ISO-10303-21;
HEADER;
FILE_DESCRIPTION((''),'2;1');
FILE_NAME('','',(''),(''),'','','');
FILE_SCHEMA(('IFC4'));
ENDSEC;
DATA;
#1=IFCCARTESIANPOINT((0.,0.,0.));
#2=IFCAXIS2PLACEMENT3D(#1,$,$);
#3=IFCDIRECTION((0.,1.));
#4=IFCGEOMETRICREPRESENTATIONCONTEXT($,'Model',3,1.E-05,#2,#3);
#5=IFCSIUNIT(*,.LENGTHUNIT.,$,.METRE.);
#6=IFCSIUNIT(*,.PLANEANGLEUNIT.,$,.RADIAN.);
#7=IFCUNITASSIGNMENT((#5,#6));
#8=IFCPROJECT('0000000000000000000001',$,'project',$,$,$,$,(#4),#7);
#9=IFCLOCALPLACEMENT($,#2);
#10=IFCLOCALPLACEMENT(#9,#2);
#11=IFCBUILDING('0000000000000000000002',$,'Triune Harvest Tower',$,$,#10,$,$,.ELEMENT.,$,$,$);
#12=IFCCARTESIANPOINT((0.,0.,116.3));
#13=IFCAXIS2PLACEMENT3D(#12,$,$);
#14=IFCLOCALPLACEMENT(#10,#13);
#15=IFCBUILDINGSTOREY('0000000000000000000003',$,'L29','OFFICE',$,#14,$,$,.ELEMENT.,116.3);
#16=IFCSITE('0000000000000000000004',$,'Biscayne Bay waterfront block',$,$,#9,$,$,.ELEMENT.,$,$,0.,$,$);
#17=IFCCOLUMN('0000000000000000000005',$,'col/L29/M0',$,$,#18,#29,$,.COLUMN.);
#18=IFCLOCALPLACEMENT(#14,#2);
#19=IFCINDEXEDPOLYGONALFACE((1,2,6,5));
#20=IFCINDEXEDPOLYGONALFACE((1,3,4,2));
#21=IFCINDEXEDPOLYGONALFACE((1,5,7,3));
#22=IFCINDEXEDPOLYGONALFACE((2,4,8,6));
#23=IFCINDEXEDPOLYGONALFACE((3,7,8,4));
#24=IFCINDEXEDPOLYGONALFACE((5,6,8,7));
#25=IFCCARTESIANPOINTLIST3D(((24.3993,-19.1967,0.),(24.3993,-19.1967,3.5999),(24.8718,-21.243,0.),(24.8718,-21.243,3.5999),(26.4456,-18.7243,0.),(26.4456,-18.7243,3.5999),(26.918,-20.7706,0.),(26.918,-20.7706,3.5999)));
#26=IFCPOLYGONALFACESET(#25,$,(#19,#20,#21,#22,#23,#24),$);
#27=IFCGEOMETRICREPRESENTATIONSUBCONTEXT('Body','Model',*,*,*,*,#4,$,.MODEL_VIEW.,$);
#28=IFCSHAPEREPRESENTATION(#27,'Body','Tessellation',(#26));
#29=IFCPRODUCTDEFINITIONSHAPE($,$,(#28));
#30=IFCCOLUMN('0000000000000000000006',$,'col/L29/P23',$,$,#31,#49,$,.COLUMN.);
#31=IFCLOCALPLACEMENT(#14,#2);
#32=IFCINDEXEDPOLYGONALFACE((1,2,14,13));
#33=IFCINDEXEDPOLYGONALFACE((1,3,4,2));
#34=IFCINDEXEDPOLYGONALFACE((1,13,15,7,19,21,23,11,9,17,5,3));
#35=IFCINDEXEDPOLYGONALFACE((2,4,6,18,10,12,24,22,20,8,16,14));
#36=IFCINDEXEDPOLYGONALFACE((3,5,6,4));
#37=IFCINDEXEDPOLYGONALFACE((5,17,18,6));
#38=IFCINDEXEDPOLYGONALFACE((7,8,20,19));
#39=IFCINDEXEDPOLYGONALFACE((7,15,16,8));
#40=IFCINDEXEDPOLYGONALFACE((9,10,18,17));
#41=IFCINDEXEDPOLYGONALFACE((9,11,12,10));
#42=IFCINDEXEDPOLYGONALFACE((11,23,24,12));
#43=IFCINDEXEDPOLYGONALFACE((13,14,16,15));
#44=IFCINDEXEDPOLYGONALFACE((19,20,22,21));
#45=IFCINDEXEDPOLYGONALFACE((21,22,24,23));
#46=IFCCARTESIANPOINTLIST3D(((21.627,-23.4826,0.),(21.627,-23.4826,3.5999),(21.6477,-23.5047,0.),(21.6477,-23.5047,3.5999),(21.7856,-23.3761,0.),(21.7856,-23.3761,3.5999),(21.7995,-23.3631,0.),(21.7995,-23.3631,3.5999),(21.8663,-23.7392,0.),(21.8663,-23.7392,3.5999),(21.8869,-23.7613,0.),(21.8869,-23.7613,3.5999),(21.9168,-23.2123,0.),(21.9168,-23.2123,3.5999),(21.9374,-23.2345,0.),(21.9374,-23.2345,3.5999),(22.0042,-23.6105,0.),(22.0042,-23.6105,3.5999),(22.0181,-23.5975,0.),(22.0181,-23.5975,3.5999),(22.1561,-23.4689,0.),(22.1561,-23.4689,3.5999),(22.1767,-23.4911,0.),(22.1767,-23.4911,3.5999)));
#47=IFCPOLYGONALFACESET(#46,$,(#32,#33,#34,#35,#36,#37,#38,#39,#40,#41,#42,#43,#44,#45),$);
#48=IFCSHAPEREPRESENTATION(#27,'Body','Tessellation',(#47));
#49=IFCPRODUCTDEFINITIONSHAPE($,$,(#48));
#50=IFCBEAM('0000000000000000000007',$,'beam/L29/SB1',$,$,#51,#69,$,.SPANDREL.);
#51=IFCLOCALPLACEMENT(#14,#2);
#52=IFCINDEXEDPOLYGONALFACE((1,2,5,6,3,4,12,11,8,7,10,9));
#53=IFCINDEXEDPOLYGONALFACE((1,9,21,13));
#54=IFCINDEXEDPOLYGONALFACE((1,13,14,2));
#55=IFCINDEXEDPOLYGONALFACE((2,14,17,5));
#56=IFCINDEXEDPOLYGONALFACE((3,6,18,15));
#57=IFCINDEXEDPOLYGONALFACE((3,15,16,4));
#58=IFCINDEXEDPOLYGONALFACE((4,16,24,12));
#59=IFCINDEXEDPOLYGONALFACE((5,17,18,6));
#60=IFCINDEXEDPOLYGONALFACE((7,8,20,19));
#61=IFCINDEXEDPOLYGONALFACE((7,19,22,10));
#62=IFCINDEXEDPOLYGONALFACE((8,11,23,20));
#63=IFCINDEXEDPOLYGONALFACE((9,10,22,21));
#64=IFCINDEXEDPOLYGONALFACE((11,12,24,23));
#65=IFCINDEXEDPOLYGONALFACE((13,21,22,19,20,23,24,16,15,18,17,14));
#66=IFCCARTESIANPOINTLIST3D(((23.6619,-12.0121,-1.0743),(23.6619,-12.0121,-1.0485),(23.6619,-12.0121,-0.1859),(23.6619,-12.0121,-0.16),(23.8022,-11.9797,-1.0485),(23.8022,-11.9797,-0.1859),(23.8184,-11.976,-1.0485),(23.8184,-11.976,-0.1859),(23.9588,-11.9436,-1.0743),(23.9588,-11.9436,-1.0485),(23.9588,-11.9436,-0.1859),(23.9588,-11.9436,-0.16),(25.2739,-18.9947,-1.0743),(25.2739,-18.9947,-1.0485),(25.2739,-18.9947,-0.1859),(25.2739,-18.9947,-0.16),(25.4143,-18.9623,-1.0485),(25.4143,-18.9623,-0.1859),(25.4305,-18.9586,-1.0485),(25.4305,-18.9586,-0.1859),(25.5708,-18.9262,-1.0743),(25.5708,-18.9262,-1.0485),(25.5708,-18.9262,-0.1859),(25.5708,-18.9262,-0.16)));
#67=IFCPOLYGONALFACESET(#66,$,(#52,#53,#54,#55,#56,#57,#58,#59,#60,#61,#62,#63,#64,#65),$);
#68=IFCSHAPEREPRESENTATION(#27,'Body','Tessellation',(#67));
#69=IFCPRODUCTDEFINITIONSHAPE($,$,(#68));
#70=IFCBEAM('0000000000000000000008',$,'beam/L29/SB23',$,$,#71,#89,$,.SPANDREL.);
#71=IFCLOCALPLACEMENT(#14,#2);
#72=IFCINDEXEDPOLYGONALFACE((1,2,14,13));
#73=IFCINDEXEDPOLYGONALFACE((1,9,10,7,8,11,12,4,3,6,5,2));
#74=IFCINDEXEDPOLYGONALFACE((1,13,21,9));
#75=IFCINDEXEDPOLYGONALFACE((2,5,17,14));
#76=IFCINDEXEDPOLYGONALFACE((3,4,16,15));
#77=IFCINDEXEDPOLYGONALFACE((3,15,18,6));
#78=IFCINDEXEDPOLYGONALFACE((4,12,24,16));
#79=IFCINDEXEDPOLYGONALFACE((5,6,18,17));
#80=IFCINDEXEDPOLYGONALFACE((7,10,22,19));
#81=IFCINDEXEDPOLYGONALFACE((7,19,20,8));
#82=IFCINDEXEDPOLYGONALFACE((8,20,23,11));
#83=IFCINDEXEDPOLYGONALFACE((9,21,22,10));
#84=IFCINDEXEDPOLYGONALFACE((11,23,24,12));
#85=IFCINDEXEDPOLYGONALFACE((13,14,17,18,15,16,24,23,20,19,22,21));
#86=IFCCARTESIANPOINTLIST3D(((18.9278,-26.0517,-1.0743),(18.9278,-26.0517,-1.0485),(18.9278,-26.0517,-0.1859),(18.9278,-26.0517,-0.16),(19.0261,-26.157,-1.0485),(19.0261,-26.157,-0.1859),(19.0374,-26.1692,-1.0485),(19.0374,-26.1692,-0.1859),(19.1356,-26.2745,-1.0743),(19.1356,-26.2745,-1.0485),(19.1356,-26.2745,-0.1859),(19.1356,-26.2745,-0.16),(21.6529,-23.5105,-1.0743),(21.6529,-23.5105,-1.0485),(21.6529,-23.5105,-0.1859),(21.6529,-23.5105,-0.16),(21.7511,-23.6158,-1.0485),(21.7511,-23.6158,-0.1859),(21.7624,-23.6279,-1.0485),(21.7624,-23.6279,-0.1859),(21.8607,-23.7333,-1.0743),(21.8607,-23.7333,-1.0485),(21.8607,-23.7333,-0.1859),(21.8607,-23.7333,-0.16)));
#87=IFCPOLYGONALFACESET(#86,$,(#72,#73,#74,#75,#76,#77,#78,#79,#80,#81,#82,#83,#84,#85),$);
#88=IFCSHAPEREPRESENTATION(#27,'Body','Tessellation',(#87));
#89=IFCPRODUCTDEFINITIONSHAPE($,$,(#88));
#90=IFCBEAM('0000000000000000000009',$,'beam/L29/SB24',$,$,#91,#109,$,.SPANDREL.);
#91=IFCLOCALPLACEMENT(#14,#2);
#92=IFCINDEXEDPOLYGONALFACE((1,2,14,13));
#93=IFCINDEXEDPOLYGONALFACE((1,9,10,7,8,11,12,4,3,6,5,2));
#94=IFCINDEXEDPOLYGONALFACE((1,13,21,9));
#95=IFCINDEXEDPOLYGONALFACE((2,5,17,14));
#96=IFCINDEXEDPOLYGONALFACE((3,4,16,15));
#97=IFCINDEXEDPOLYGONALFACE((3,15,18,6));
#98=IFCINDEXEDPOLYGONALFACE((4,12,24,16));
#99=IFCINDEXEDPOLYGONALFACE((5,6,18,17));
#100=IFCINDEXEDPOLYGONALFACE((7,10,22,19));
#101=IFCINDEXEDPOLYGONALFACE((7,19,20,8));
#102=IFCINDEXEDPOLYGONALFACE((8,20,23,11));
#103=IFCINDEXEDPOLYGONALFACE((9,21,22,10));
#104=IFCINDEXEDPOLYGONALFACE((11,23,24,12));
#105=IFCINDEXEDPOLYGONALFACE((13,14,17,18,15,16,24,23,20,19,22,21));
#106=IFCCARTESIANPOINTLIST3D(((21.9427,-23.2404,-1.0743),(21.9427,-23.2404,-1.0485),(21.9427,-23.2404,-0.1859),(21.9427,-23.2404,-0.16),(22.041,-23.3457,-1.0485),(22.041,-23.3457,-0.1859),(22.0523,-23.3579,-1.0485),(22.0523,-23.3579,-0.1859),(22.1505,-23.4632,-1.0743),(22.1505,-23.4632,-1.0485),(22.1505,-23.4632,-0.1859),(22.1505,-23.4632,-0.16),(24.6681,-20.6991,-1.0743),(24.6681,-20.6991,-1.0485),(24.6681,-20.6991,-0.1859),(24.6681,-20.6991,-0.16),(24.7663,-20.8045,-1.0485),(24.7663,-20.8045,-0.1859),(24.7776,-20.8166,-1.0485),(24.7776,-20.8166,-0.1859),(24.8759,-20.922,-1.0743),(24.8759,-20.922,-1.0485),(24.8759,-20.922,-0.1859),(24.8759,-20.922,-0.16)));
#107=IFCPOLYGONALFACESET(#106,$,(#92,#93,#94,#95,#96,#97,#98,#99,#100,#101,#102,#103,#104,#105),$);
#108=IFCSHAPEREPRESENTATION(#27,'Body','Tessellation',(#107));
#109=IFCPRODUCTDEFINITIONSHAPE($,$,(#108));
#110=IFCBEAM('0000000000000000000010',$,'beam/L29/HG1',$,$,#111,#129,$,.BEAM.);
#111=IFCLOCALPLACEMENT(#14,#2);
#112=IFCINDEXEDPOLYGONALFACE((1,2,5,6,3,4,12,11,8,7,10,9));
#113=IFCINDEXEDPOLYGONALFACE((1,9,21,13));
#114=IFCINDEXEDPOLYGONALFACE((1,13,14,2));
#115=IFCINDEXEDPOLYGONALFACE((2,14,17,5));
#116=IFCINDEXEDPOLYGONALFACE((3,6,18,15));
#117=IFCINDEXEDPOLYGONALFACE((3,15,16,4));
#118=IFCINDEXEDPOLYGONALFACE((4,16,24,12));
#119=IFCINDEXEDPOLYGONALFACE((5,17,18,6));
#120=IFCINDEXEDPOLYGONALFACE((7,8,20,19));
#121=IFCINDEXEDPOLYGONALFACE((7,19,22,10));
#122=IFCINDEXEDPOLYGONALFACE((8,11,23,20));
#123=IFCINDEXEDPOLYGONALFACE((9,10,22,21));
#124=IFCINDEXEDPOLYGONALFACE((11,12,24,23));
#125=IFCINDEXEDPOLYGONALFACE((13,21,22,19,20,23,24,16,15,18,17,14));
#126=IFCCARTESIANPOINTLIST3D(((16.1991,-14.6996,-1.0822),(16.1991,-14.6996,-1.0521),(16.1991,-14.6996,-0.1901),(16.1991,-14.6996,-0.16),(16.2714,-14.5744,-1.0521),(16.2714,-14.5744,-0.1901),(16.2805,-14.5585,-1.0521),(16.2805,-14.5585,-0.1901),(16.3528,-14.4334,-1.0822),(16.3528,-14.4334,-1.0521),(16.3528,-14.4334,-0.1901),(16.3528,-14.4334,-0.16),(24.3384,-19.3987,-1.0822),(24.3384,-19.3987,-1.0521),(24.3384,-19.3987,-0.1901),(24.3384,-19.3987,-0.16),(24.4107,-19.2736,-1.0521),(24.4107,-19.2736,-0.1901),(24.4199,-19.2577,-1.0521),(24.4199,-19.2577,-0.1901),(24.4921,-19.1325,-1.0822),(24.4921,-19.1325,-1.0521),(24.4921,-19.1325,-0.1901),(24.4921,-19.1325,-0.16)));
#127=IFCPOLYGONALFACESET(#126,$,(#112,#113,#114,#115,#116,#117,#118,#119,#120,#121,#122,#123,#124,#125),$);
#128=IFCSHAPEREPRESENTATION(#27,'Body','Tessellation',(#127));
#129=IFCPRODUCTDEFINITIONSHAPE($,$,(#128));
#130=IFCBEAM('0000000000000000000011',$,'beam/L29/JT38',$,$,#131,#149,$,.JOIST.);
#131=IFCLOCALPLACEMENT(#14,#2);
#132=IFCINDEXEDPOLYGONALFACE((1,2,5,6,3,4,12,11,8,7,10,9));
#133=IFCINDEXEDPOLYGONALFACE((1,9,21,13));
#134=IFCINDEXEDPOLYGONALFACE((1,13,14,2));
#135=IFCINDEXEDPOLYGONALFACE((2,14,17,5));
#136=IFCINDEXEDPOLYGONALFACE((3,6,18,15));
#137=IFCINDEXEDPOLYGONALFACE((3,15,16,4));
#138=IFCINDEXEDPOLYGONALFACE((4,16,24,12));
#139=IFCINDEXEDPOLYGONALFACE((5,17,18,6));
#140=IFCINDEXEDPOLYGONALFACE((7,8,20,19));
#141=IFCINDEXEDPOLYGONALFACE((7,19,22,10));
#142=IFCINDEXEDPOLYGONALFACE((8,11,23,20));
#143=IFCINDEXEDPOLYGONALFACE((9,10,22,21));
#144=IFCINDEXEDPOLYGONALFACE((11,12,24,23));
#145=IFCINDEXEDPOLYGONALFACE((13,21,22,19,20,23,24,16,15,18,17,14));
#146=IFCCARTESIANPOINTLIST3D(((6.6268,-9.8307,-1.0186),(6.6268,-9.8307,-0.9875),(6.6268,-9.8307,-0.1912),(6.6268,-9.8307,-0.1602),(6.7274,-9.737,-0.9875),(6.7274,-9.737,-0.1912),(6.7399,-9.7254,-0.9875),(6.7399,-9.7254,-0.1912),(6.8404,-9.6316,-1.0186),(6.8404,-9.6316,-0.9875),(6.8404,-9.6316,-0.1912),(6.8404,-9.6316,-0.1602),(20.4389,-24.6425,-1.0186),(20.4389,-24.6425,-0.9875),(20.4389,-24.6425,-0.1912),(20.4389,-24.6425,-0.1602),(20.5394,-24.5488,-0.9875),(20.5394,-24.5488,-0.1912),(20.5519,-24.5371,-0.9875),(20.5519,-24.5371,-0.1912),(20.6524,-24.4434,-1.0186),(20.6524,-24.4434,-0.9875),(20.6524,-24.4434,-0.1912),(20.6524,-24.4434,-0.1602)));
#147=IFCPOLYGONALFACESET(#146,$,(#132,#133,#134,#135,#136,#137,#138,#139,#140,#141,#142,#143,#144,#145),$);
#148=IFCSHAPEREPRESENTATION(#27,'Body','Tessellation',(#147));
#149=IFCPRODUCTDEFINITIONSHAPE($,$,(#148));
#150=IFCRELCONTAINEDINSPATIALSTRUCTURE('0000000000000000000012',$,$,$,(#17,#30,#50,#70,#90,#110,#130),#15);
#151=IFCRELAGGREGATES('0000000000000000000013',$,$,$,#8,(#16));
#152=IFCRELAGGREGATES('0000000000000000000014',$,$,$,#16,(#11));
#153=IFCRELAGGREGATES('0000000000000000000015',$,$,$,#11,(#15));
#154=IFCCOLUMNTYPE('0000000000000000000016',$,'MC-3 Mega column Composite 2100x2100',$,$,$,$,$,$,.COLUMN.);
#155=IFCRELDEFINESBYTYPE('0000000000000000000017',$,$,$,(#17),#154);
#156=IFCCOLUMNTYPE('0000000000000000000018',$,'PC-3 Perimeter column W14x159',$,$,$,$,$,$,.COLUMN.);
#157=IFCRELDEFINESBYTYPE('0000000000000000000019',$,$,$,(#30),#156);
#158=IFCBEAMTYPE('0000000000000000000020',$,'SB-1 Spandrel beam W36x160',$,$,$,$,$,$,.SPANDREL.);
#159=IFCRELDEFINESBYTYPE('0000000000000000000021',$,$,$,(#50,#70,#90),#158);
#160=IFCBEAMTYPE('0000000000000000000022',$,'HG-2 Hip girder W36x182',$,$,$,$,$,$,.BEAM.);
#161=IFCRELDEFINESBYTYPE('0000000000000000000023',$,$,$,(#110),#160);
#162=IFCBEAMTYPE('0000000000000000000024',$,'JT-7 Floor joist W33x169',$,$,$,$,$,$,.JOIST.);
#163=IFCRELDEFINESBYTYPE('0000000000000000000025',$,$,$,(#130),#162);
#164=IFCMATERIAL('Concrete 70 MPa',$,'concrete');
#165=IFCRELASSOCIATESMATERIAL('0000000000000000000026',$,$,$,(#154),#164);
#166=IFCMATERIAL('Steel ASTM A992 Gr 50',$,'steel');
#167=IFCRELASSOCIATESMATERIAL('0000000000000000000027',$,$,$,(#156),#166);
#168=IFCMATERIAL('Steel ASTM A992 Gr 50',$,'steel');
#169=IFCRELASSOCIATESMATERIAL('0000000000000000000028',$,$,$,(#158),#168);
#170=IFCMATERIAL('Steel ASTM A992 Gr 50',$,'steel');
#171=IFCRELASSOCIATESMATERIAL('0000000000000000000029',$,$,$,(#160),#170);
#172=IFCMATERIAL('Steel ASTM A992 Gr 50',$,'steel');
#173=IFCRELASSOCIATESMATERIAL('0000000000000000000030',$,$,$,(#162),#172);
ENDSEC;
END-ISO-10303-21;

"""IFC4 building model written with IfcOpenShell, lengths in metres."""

from ifc_helpers import new_model, si_unit, direction, frame, origin, origin_2d, place, context, subcontext, project, spatial, rectangle, i_section, extrude, source, transform, mapped, material, material_profile, profile_set, type_object, element, save


model = new_model("IFC4")

# Units and contexts
model_context = context("Model", 3, precision=1e-05, world=origin(), true_north=direction((0.0, 1.0)))
body_context = subcontext(model_context, "Body", "Model", "MODEL_VIEW")
ifc_project = project(units=[si_unit("LENGTHUNIT", "METRE"), si_unit("PLANEANGLEUNIT", "RADIAN")], contexts=[model_context])

# Site, building, storey
site_placement = place(None, origin())
site = spatial("IfcSite", under=ifc_project, at=site_placement, Name="Biscayne Bay waterfront block", CompositionType="ELEMENT", RefElevation=0.0)
building_placement = place(site_placement, origin())
building = spatial("IfcBuilding", under=site, at=building_placement, Name="Triune Harvest Tower", CompositionType="ELEMENT")
storey_placement = place(building_placement, frame((0.0, 0.0, 116.3)))
storey = spatial("IfcBuildingStorey", under=building, at=storey_placement, Name="L29", Description="OFFICE", CompositionType="ELEMENT", Elevation=116.3)

# Columns
ifc_material_1 = material(Name="Concrete 70 MPa", Category="concrete")
ifc_material_profile_1 = material_profile(ifc_material_1, rectangle(XDim=2.1001, YDim=2.1001, at=origin_2d()), Name="Composite 2100x2100")
ifc_profile_set_1 = profile_set([ifc_material_profile_1], Name="Concrete 70 MPa")
column_type_1 = type_object("IfcColumnType", Name="MC-3 Mega column Composite 2100x2100", PredefinedType="COLUMN", material=ifc_profile_set_1)
shared_shape_1 = source(origin(), body_context, "Body", "SweptSolid", [
    extrude(rectangle(XDim=2.1001, YDim=2.1001, at=origin_2d()), origin(), (0.0, 0.0, 1.0), 3.5999),
])
column_1_placement = place(storey_placement, frame((25.6587, -19.9836, 0.0), z_axis=(0.0, 0.0, 1.0), x_axis=(-0.224953, 0.97437, 0.0)))
element("IfcColumn", 1, at=column_1_placement, inside=storey, type_object=column_type_1, Name="col/L29/M0", PredefinedType="COLUMN", context=body_context, shape_type="MappedRepresentation", body=[
    mapped(shared_shape_1, transform((0.0, 0.0, 0.0), scale=1.0)),
])
ifc_material_2 = material(Name="Steel ASTM A992 Gr 50", Category="steel")
ifc_material_profile_2 = material_profile(ifc_material_2, i_section(OverallWidth=0.3962, OverallDepth=0.3811, WebThickness=0.019, FlangeThickness=0.0303, at=origin_2d()), Name="W14x159")
ifc_profile_set_2 = profile_set([ifc_material_profile_2], Name="Steel ASTM A992 Gr 50")
column_type_2 = type_object("IfcColumnType", Name="PC-3 Perimeter column W14x159", PredefinedType="COLUMN", material=ifc_profile_set_2)
shared_shape_2 = source(origin(), body_context, "Body", "SweptSolid", [
    extrude(i_section(OverallWidth=0.3962, OverallDepth=0.3811, WebThickness=0.019, FlangeThickness=0.0303, at=origin_2d()), origin(), (0.0, 0.0, 1.0), 3.5999),
])
column_2_placement = place(storey_placement, frame((21.9019, -23.4868, 0.0), z_axis=(0.0, 0.0, 1.0), x_axis=(0.731354, 0.681998, 0.0)))
element("IfcColumn", 2, at=column_2_placement, inside=storey, type_object=column_type_2, Name="col/L29/P23", PredefinedType="COLUMN", context=body_context, shape_type="MappedRepresentation", body=[
    mapped(shared_shape_2, transform((0.0, 0.0, 0.0), scale=1.0)),
])

# Beams
ifc_material_3 = material(Name="Steel ASTM A992 Gr 50", Category="steel")
ifc_material_profile_3 = material_profile(ifc_material_3, i_section(OverallWidth=0.3047, OverallDepth=0.9143, WebThickness=0.0166, FlangeThickness=0.0259, at=origin_2d()), Name="W36x160")
ifc_profile_set_3 = profile_set([ifc_material_profile_3], Name="Steel ASTM A992 Gr 50")
beam_type_1 = type_object("IfcBeamType", Name="SB-1 Spandrel beam W36x160", PredefinedType="SPANDREL", material=ifc_profile_set_3)
shared_shape_3 = source(origin(), body_context, "Body", "SweptSolid", [
    extrude(i_section(OverallWidth=0.3047, OverallDepth=0.9143, WebThickness=0.0166, FlangeThickness=0.0259, at=origin_2d()), origin(), (0.0, 0.0, 1.0), 7.1663),
])
beam_1_placement = place(storey_placement, frame((25.4224, -18.9604, -0.6172), z_axis=(-0.224949, 0.974371, 0.0), x_axis=(-0.974371, -0.224949, 0.0)))
element("IfcBeam", 3, at=beam_1_placement, inside=storey, type_object=beam_type_1, Name="beam/L29/SB1", PredefinedType="SPANDREL", context=body_context, shape_type="MappedRepresentation", body=[
    mapped(shared_shape_3, transform((0.0, 0.0, 0.0), scale=1.0)),
])
shared_shape_4 = source(origin(), body_context, "Body", "SweptSolid", [
    extrude(i_section(OverallWidth=0.3047, OverallDepth=0.9143, WebThickness=0.0166, FlangeThickness=0.0259, at=origin_2d()), origin(), (0.0, 0.0, 1.0), 3.7261),
])
beam_2_placement = place(storey_placement, frame((19.0317, -26.1631, -0.6172), z_axis=(0.731345, 0.682008, 0.0), x_axis=(-0.682008, 0.731345, 0.0)))
element("IfcBeam", 4, at=beam_2_placement, inside=storey, type_object=beam_type_1, Name="beam/L29/SB23", PredefinedType="SPANDREL", context=body_context, shape_type="MappedRepresentation", body=[
    mapped(shared_shape_4, transform((0.0, 0.0, 0.0), scale=1.0)),
])
shared_shape_5 = source(origin(), body_context, "Body", "SweptSolid", [
    extrude(i_section(OverallWidth=0.3047, OverallDepth=0.9143, WebThickness=0.0166, FlangeThickness=0.0259, at=origin_2d()), origin(), (0.0, 0.0, 1.0), 3.7263),
])
beam_3_placement = place(storey_placement, frame((22.0466, -23.3518, -0.6172), z_axis=(0.731375, 0.681975, 0.0), x_axis=(-0.681975, 0.731375, 0.0)))
element("IfcBeam", 5, at=beam_3_placement, inside=storey, type_object=beam_type_1, Name="beam/L29/SB24", PredefinedType="SPANDREL", context=body_context, shape_type="MappedRepresentation", body=[
    mapped(shared_shape_5, transform((0.0, 0.0, 0.0), scale=1.0)),
])
ifc_material_4 = material(Name="Steel ASTM A992 Gr 50", Category="steel")
ifc_material_profile_4 = material_profile(ifc_material_4, i_section(OverallWidth=0.3074, OverallDepth=0.9221, WebThickness=0.0183, FlangeThickness=0.03, at=origin_2d()), Name="W36x182")
ifc_profile_set_4 = profile_set([ifc_material_profile_4], Name="Steel ASTM A992 Gr 50")
beam_type_2 = type_object("IfcBeamType", Name="HG-2 Hip girder W36x182", PredefinedType="BEAM", material=ifc_profile_set_4)
shared_shape_6 = source(origin(), body_context, "Body", "SweptSolid", [
    extrude(i_section(OverallWidth=0.3074, OverallDepth=0.9221, WebThickness=0.0183, FlangeThickness=0.03, at=origin_2d()), origin(), (0.0, 0.0, 1.0), 9.3984),
])
beam_4_placement = place(storey_placement, frame((24.4153, -19.2656, -0.6211), z_axis=(-0.866029, 0.499995, 0.0), x_axis=(-0.499995, -0.866029, 0.0)))
element("IfcBeam", 6, at=beam_4_placement, inside=storey, type_object=beam_type_2, Name="beam/L29/HG1", PredefinedType="BEAM", context=body_context, shape_type="MappedRepresentation", body=[
    mapped(shared_shape_6, transform((0.0, 0.0, 0.0), scale=1.0)),
])
ifc_material_5 = material(Name="Steel ASTM A992 Gr 50", Category="steel")
ifc_material_profile_5 = material_profile(ifc_material_5, i_section(OverallWidth=0.292, OverallDepth=0.8584, WebThickness=0.0171, FlangeThickness=0.031, at=origin_2d()), Name="W33x169")
ifc_profile_set_5 = profile_set([ifc_material_profile_5], Name="Steel ASTM A992 Gr 50")
beam_type_3 = type_object("IfcBeamType", Name="JT-7 Floor joist W33x169", PredefinedType="JOIST", material=ifc_profile_set_5)
shared_shape_7 = source(origin(), body_context, "Body", "SweptSolid", [
    extrude(i_section(OverallWidth=0.292, OverallDepth=0.8584, WebThickness=0.0171, FlangeThickness=0.031, at=origin_2d()), origin(), (0.0, 0.0, 1.0), 20.2524),
])
beam_5_placement = place(storey_placement, frame((20.5457, -24.543, -0.5894), z_axis=(-0.681993, 0.731358, 0.0), x_axis=(-0.731358, -0.681993, 0.0)))
element("IfcBeam", 7, at=beam_5_placement, inside=storey, type_object=beam_type_3, Name="beam/L29/JT38", PredefinedType="JOIST", context=body_context, shape_type="MappedRepresentation", body=[
    mapped(shared_shape_7, transform((0.0, 0.0, 0.0), scale=1.0)),
])

save(model, "model.ifc")
